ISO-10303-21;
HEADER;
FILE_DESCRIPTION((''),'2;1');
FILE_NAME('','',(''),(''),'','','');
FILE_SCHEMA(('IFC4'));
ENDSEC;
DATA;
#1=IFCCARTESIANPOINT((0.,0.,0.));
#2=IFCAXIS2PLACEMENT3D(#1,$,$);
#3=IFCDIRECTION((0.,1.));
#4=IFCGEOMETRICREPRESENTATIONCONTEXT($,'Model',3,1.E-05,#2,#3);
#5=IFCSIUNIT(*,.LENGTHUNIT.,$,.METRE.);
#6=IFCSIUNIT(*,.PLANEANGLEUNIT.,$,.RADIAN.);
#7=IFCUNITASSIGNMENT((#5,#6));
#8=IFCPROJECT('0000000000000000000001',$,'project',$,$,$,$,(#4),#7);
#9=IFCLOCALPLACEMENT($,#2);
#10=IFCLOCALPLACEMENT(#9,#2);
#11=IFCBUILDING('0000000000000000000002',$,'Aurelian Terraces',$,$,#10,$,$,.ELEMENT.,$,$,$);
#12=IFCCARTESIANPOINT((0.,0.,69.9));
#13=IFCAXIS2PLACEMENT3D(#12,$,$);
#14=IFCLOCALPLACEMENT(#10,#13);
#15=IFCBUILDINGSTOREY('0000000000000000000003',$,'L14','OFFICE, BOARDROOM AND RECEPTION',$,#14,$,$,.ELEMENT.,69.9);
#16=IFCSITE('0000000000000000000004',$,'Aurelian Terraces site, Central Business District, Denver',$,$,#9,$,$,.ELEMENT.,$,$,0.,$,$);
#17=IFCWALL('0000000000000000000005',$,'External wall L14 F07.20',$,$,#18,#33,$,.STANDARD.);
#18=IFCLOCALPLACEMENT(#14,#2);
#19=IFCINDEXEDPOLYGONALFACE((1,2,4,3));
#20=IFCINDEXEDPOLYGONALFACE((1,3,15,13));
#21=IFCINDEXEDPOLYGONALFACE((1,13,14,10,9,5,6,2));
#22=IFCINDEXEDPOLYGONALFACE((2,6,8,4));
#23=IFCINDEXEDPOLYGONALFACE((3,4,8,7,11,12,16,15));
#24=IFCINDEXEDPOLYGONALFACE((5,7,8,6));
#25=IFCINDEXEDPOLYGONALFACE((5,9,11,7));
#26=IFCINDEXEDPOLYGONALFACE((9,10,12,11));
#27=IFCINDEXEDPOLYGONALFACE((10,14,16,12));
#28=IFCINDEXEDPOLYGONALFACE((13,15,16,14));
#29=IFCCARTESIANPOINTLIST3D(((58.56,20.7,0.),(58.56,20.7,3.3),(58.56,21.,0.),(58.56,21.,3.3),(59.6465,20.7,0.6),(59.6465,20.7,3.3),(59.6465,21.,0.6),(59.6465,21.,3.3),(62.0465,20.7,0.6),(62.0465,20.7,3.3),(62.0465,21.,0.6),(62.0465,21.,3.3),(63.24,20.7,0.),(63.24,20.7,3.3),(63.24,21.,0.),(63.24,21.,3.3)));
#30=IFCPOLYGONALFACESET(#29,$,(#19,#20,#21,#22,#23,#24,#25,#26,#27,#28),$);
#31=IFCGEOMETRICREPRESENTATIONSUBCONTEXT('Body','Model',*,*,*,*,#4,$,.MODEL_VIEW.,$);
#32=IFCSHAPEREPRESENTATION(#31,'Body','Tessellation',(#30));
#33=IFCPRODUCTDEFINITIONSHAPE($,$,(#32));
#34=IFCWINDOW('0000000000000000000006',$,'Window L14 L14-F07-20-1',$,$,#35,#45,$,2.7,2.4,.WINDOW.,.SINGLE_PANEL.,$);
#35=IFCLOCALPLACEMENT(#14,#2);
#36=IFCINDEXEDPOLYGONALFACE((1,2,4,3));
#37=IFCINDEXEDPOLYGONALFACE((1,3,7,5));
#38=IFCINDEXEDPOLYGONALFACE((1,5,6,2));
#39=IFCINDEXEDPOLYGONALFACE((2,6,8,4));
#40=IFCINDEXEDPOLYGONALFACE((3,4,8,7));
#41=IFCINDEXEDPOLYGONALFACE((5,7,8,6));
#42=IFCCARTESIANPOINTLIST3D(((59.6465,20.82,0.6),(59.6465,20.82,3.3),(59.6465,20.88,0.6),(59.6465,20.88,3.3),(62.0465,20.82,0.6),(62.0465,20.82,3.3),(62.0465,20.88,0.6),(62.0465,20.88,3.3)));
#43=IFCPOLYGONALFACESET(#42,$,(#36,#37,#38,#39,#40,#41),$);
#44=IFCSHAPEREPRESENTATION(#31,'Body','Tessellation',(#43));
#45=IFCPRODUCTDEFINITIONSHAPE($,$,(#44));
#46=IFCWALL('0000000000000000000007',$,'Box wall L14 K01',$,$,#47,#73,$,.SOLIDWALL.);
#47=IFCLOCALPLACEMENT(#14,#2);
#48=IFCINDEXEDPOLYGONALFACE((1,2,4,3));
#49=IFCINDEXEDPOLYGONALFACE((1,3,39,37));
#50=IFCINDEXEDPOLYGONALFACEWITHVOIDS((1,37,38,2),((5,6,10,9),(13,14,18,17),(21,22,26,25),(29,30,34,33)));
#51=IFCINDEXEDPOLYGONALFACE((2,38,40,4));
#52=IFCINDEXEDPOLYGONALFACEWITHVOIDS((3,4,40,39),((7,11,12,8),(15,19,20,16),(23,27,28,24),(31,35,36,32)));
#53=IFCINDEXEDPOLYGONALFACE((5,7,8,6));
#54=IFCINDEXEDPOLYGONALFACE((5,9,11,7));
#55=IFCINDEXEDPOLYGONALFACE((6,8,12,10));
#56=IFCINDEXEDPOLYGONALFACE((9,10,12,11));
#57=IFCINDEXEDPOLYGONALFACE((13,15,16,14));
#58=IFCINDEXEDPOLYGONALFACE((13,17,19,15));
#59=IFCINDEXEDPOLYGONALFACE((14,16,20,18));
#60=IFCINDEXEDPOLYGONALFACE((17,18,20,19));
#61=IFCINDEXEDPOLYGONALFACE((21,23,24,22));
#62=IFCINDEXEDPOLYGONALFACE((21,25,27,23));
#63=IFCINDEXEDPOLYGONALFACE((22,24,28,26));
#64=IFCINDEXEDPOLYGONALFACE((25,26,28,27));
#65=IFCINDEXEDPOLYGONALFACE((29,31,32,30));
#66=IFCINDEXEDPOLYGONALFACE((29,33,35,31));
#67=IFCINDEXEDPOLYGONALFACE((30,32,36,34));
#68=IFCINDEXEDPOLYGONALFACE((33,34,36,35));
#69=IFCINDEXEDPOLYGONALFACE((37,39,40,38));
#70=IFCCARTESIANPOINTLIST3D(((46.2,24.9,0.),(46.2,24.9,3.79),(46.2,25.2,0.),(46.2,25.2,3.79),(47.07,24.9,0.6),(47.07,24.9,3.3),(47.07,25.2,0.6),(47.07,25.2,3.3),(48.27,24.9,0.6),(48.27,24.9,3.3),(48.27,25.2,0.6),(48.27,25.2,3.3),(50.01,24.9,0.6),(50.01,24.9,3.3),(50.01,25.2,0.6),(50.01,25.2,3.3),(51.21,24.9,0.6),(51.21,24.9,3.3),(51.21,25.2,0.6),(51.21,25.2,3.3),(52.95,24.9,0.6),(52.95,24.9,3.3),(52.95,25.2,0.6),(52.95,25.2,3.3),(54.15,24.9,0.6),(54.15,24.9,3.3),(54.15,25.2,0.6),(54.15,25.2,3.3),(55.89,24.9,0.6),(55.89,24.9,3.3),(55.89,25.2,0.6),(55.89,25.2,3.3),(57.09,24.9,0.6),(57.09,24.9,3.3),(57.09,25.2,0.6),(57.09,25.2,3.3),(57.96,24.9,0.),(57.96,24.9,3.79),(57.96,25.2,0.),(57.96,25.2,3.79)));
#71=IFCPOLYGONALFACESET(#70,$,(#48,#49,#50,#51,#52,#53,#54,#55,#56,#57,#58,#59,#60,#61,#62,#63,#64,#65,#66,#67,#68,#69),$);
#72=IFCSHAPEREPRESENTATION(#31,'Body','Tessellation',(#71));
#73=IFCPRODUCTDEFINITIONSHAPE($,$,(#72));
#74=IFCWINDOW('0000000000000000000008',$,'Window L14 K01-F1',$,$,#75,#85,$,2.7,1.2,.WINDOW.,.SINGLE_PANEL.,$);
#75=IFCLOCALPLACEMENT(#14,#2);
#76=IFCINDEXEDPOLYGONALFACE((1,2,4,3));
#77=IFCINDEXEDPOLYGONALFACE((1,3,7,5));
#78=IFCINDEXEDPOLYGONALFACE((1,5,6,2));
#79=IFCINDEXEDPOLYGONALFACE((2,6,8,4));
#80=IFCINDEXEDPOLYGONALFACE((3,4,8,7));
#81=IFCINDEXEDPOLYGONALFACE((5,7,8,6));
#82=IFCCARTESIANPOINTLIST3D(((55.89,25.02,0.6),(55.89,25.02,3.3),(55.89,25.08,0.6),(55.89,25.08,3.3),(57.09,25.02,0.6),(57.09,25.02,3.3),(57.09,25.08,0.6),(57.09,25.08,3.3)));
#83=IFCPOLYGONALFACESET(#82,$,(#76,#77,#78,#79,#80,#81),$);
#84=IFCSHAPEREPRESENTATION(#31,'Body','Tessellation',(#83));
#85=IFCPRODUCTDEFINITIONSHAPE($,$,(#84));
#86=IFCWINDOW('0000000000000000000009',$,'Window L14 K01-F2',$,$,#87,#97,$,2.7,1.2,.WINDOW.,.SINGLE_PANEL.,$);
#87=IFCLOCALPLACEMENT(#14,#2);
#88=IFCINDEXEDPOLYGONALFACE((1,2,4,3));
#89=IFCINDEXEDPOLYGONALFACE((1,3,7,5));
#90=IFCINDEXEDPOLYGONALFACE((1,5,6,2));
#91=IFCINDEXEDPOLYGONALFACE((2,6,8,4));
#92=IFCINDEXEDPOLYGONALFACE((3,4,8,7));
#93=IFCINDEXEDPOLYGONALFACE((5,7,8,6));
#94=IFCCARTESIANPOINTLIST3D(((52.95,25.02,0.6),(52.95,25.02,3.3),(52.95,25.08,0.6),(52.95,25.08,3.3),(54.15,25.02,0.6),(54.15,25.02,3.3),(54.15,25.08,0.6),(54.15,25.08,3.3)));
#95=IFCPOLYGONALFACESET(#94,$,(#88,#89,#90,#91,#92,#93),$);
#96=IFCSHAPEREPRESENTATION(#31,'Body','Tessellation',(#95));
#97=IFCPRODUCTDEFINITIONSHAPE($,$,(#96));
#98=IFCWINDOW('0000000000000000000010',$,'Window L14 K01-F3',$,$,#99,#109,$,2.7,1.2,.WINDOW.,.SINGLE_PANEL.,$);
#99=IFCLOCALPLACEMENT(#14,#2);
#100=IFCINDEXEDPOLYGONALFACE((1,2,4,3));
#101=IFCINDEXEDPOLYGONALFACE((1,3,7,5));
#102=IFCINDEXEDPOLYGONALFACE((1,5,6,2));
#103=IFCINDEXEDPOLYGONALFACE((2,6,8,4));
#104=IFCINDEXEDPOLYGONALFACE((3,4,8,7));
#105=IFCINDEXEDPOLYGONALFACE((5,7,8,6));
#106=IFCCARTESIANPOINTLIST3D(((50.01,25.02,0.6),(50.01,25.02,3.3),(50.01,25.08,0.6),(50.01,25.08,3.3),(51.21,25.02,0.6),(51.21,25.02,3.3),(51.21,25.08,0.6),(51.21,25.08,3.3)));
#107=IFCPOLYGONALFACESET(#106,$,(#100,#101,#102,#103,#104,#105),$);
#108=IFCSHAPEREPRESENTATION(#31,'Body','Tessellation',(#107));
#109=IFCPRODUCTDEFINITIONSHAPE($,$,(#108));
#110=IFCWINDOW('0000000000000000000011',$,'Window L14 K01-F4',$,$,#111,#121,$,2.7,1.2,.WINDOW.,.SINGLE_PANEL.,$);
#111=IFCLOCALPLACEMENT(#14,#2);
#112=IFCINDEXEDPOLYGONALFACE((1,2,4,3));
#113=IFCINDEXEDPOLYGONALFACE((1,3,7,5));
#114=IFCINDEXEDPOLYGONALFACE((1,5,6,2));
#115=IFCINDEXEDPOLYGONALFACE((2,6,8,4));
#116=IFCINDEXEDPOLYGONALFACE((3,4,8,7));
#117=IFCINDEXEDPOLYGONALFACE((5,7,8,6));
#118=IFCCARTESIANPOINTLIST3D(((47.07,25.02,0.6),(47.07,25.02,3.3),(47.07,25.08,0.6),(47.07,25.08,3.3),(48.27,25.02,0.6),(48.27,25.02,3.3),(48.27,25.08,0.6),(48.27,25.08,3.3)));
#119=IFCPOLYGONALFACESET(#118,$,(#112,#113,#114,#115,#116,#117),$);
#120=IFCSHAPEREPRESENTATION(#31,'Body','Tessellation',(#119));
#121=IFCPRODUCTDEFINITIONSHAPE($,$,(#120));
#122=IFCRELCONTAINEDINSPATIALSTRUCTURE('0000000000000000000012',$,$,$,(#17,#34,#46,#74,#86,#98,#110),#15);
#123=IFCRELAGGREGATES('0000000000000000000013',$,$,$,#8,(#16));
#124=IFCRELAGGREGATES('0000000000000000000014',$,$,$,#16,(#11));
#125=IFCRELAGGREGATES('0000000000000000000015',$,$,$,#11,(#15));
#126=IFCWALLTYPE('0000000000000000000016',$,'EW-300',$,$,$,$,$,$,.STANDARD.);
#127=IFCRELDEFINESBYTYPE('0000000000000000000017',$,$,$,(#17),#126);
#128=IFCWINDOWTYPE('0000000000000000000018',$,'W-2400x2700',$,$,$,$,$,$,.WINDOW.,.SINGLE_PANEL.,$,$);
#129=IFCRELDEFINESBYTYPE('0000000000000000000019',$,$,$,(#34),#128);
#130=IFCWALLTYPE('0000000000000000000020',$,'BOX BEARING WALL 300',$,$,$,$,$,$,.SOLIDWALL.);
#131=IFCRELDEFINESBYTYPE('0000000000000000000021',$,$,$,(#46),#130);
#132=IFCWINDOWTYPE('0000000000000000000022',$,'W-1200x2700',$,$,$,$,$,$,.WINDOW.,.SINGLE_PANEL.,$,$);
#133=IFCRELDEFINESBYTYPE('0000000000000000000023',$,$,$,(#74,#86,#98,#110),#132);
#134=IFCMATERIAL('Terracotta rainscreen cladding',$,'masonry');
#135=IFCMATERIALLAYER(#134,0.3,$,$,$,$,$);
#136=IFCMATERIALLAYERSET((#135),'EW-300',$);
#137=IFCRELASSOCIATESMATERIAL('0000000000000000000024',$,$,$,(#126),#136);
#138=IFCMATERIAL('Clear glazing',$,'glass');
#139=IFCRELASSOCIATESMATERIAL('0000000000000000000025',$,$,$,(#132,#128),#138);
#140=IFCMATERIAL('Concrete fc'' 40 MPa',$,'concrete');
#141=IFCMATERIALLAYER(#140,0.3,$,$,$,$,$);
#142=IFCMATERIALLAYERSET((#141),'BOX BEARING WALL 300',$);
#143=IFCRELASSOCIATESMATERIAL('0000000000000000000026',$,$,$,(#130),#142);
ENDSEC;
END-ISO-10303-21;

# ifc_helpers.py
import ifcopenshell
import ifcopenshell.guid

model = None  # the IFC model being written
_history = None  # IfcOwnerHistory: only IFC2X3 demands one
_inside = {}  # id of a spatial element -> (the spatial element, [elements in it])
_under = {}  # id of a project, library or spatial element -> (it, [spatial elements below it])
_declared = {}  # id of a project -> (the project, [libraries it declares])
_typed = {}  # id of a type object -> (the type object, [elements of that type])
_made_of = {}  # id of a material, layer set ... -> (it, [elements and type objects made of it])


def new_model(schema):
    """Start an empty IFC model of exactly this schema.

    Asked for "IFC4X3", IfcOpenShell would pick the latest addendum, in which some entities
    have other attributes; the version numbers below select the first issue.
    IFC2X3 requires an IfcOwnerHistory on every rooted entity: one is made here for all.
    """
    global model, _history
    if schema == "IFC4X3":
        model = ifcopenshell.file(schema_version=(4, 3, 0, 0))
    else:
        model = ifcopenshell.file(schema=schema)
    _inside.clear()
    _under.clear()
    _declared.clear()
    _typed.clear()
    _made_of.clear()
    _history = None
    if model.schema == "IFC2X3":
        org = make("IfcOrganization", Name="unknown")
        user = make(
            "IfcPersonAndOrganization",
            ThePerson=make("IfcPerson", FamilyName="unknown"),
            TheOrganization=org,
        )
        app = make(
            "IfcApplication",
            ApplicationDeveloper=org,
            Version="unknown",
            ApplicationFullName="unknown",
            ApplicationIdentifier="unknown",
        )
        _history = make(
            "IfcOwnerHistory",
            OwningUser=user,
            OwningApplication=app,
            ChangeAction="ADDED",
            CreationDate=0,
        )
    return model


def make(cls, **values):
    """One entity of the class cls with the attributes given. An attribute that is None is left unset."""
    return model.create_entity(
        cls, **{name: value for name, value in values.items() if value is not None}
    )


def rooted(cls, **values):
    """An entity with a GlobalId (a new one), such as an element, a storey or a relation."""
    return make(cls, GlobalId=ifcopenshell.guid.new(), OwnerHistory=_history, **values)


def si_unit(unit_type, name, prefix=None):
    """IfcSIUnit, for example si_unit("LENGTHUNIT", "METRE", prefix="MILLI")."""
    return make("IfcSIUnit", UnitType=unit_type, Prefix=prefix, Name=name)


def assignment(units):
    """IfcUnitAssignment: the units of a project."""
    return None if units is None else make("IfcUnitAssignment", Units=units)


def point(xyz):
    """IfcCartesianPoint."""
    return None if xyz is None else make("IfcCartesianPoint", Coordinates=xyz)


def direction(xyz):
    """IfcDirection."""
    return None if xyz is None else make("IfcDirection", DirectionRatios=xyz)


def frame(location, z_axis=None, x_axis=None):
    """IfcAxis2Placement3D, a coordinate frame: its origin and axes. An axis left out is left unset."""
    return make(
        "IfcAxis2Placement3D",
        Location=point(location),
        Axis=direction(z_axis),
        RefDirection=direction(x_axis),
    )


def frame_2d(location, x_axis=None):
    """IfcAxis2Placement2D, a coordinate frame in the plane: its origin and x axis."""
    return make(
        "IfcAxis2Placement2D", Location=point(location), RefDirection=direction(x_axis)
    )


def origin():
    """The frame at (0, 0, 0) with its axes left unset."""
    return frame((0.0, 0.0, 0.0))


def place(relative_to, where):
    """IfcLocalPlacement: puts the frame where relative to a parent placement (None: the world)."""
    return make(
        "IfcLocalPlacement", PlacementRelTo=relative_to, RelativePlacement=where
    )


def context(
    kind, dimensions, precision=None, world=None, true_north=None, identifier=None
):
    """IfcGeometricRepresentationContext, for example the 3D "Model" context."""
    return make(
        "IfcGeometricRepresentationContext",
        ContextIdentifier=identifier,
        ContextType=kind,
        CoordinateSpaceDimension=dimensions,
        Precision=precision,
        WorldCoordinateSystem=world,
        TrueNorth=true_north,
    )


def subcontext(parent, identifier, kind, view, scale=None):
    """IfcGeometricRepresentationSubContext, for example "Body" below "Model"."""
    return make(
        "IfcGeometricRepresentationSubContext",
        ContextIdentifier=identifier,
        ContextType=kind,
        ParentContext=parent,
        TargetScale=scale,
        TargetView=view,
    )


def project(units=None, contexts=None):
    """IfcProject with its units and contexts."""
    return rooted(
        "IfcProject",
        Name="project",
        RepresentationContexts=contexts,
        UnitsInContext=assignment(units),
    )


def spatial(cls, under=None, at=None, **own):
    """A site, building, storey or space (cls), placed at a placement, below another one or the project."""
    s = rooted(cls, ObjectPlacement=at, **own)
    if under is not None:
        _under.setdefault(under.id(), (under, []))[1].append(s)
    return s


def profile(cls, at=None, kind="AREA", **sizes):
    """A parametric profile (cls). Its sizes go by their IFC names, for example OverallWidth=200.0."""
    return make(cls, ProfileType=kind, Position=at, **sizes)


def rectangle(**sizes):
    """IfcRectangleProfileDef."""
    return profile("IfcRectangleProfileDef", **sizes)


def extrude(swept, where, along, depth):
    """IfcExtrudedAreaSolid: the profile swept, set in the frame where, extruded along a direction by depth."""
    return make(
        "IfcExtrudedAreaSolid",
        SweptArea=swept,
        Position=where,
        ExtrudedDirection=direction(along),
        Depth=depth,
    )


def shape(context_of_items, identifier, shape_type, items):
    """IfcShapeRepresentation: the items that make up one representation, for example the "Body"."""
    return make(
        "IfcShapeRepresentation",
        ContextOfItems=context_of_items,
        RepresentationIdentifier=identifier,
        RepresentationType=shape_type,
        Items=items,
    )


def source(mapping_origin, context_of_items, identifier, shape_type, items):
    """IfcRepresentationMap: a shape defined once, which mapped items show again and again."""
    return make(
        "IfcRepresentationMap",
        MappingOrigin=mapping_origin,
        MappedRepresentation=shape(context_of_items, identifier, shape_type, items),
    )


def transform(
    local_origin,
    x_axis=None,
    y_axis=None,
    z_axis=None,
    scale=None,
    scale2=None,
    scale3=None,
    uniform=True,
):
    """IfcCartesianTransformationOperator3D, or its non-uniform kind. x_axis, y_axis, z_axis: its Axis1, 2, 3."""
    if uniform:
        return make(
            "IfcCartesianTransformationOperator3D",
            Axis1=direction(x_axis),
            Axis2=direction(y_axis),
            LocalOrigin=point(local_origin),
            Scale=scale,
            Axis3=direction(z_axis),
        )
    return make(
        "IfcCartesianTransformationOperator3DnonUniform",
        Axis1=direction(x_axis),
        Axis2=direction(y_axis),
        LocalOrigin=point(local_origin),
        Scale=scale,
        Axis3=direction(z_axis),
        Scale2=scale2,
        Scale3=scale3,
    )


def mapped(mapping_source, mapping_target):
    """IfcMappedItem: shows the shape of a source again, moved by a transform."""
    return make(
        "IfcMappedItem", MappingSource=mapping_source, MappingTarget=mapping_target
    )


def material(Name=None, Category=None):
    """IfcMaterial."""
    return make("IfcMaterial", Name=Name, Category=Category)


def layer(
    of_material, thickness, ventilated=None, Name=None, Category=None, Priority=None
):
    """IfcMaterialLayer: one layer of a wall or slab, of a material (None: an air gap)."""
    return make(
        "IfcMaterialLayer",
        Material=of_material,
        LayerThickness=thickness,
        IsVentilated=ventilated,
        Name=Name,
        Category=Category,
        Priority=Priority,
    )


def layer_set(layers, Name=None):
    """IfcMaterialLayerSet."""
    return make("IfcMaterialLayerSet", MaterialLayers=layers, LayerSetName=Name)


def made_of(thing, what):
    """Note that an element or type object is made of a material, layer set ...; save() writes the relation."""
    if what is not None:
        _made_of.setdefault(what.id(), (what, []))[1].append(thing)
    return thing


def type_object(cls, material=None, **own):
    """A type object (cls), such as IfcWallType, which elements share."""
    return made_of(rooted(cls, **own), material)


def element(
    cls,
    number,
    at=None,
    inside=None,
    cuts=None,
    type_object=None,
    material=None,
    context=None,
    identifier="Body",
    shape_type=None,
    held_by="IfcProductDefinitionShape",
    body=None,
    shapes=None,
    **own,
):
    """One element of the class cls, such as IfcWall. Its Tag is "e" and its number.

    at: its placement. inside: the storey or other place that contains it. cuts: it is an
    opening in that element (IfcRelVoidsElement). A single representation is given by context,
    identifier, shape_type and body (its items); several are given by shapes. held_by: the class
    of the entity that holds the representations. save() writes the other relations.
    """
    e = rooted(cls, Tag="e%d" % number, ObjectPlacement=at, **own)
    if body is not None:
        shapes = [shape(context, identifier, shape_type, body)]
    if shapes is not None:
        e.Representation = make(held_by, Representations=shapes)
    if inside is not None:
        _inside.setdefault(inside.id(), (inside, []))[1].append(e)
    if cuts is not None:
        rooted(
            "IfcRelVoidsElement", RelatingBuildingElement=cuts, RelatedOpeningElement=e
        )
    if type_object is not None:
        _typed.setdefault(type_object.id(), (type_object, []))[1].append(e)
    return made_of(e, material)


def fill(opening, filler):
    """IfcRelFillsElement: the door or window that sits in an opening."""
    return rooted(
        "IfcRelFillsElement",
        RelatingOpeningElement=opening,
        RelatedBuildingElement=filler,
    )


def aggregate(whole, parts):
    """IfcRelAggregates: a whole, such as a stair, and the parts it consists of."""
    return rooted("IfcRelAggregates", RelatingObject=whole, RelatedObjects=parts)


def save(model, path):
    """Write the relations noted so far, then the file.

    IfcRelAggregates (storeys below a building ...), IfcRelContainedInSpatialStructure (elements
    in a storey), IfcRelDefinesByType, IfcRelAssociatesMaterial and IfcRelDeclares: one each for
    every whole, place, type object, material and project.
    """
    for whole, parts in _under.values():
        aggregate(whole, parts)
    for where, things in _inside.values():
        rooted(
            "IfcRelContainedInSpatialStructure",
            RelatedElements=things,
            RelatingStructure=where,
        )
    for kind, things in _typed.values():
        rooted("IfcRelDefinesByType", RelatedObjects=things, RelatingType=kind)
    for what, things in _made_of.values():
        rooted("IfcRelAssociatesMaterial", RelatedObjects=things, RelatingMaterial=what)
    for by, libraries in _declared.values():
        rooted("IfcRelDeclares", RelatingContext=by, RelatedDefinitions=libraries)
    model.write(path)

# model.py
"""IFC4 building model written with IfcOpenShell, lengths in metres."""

from ifc_helpers import new_model, si_unit, direction, frame, frame_2d, origin, place, context, subcontext, project, spatial, rectangle, extrude, source, transform, mapped, material, layer, layer_set, type_object, element, fill, save


model = new_model("IFC4")

# Units and contexts
model_context = context("Model", 3, precision=1e-05, world=origin(), true_north=direction((0.0, 1.0)))
body_context = subcontext(model_context, "Body", "Model", "MODEL_VIEW")
ifc_project = project(units=[si_unit("LENGTHUNIT", "METRE"), si_unit("PLANEANGLEUNIT", "RADIAN")], contexts=[model_context])

# Site, building, storey
site_placement = place(None, origin())
site = spatial("IfcSite", under=ifc_project, at=site_placement, Name="Aurelian Terraces site, Central Business District, Denver", CompositionType="ELEMENT", RefElevation=0.0)
building_placement = place(site_placement, origin())
building = spatial("IfcBuilding", under=site, at=building_placement, Name="Aurelian Terraces", CompositionType="ELEMENT")
storey_placement = place(building_placement, frame((0.0, 0.0, 69.9)))
storey = spatial("IfcBuildingStorey", under=building, at=storey_placement, Name="L14", Description="OFFICE, BOARDROOM AND RECEPTION", CompositionType="ELEMENT", Elevation=69.9)

# Shared definitions
ifc_material_1 = material(Name="Concrete fc' 40 MPa", Category="concrete")

# Wall, opening, window
ifc_material_2 = material(Name="Terracotta rainscreen cladding", Category="masonry")
ifc_layer_1 = layer(ifc_material_2, 0.3)
ifc_layer_set_1 = layer_set([ifc_layer_1], Name="EW-300")
wall_type_1 = type_object("IfcWallType", Name="EW-300", PredefinedType="STANDARD", material=ifc_layer_set_1)
shared_shape_1 = source(origin(), body_context, "Body", "SweptSolid", [
    extrude(rectangle(XDim=1.2, YDim=2.7, at=frame_2d((0.6, 1.35))), frame((0.0, 0.16, 0.0), z_axis=(0.0, -1.0, 0.0), x_axis=(1.0, 0.0, 0.0)), (0.0, 0.0, 1.0), 0.32),
])
ifc_material_3 = material(Name="Clear glazing", Category="glass")
window_type_1 = type_object("IfcWindowType", Name="W-1200x2700", PartitioningType="SINGLE_PANEL", PredefinedType="WINDOW", material=ifc_material_3)
shared_shape_2 = source(origin(), body_context, "Body", "SweptSolid", [
    extrude(rectangle(XDim=1.2, YDim=2.7, at=frame_2d((0.6, 1.35))), frame((0.0, 0.03, 0.0), z_axis=(0.0, -1.0, 0.0), x_axis=(1.0, 0.0, 0.0)), (0.0, 0.0, 1.0), 0.06),
])
shared_shape_3 = source(origin(), body_context, "Body", "SweptSolid", [
    extrude(rectangle(XDim=4.68, YDim=0.3, at=frame_2d((2.34, 0.0))), origin(), (0.0, 0.0, 1.0), 3.3),
])
wall_1_placement = place(storey_placement, frame((63.24, 20.85, 0.0), z_axis=(0.0, 0.0, 1.0), x_axis=(-1.0, 0.0, 0.0)))
wall_1 = element("IfcWall", 1, at=wall_1_placement, inside=storey, type_object=wall_type_1, Name="External wall L14 F07.20", PredefinedType="STANDARD", context=body_context, shape_type="MappedRepresentation", body=[
    mapped(shared_shape_3, transform((0.0, 0.0, 0.0), scale=1.0)),
])
shared_shape_4 = source(origin(), body_context, "Body", "SweptSolid", [
    extrude(rectangle(XDim=2.4, YDim=2.7, at=frame_2d((1.2, 1.35))), frame((0.0, 0.16, 0.0), z_axis=(0.0, -1.0, 0.0), x_axis=(1.0, 0.0, 0.0)), (0.0, 0.0, 1.0), 0.32),
])
opening_1_placement = place(wall_1_placement, frame((1.1935, 0.0, 0.6)))
opening_1 = element("IfcOpeningElement", 2, at=opening_1_placement, cuts=wall_1, PredefinedType="OPENING", context=body_context, shape_type="MappedRepresentation", body=[
    mapped(shared_shape_4, transform((0.0, 0.0, 0.0), scale=1.0)),
])
window_type_2 = type_object("IfcWindowType", Name="W-2400x2700", PartitioningType="SINGLE_PANEL", PredefinedType="WINDOW", material=ifc_material_3)
shared_shape_5 = source(origin(), body_context, "Body", "SweptSolid", [
    extrude(rectangle(XDim=2.4, YDim=2.7, at=frame_2d((1.2, 1.35))), frame((0.0, 0.03, 0.0), z_axis=(0.0, -1.0, 0.0), x_axis=(1.0, 0.0, 0.0)), (0.0, 0.0, 1.0), 0.06),
])
window_1_placement = place(opening_1_placement, origin())
window_1 = element("IfcWindow", 3, at=window_1_placement, inside=storey, type_object=window_type_2, Name="Window L14 L14-F07-20-1", OverallHeight=2.7, OverallWidth=2.4, PartitioningType="SINGLE_PANEL", PredefinedType="WINDOW", context=body_context, shape_type="MappedRepresentation", body=[
    mapped(shared_shape_5, transform((0.0, 0.0, 0.0), scale=1.0)),
])
fill(opening_1, window_1)

# Wall, openings, windows
ifc_layer_2 = layer(ifc_material_1, 0.3)
ifc_layer_set_2 = layer_set([ifc_layer_2], Name="BOX BEARING WALL 300")
wall_type_2 = type_object("IfcWallType", Name="BOX BEARING WALL 300", PredefinedType="SOLIDWALL", material=ifc_layer_set_2)
shared_shape_6 = source(origin(), body_context, "Body", "SweptSolid", [
    extrude(rectangle(XDim=11.76, YDim=0.3, at=frame_2d((5.88, 0.0))), origin(), (0.0, 0.0, 1.0), 3.79),
])
wall_2_placement = place(storey_placement, frame((57.96, 25.05, 0.0), z_axis=(0.0, 0.0, 1.0), x_axis=(-1.0, 0.0, 0.0)))
wall_2 = element("IfcWall", 4, at=wall_2_placement, inside=storey, type_object=wall_type_2, Name="Box wall L14 K01", PredefinedType="SOLIDWALL", context=body_context, shape_type="MappedRepresentation", body=[
    mapped(shared_shape_6, transform((0.0, 0.0, 0.0), scale=1.0)),
])
opening_2_placement = place(wall_2_placement, frame((0.87, 0.0, 0.6)))
opening_2 = element("IfcOpeningElement", 5, at=opening_2_placement, cuts=wall_2, PredefinedType="OPENING", context=body_context, shape_type="MappedRepresentation", body=[
    mapped(shared_shape_1, transform((0.0, 0.0, 0.0), scale=1.0)),
])
opening_3_placement = place(wall_2_placement, frame((3.81, 0.0, 0.6)))
opening_3 = element("IfcOpeningElement", 6, at=opening_3_placement, cuts=wall_2, PredefinedType="OPENING", context=body_context, shape_type="MappedRepresentation", body=[
    mapped(shared_shape_1, transform((0.0, 0.0, 0.0), scale=1.0)),
])
opening_4_placement = place(wall_2_placement, frame((6.75, 0.0, 0.6)))
opening_4 = element("IfcOpeningElement", 7, at=opening_4_placement, cuts=wall_2, PredefinedType="OPENING", context=body_context, shape_type="MappedRepresentation", body=[
    mapped(shared_shape_1, transform((0.0, 0.0, 0.0), scale=1.0)),
])
opening_5_placement = place(wall_2_placement, frame((9.69, 0.0, 0.6)))
opening_5 = element("IfcOpeningElement", 8, at=opening_5_placement, cuts=wall_2, PredefinedType="OPENING", context=body_context, shape_type="MappedRepresentation", body=[
    mapped(shared_shape_1, transform((0.0, 0.0, 0.0), scale=1.0)),
])
window_2_placement = place(opening_2_placement, origin())
window_2 = element("IfcWindow", 9, at=window_2_placement, inside=storey, type_object=window_type_1, Name="Window L14 K01-F1", OverallHeight=2.7, OverallWidth=1.2, PartitioningType="SINGLE_PANEL", PredefinedType="WINDOW", context=body_context, shape_type="MappedRepresentation", body=[
    mapped(shared_shape_2, transform((0.0, 0.0, 0.0), scale=1.0)),
])
fill(opening_2, window_2)
window_3_placement = place(opening_3_placement, origin())
window_3 = element("IfcWindow", 10, at=window_3_placement, inside=storey, type_object=window_type_1, Name="Window L14 K01-F2", OverallHeight=2.7, OverallWidth=1.2, PartitioningType="SINGLE_PANEL", PredefinedType="WINDOW", context=body_context, shape_type="MappedRepresentation", body=[
    mapped(shared_shape_2, transform((0.0, 0.0, 0.0), scale=1.0)),
])
fill(opening_3, window_3)
window_4_placement = place(opening_4_placement, origin())
window_4 = element("IfcWindow", 11, at=window_4_placement, inside=storey, type_object=window_type_1, Name="Window L14 K01-F3", OverallHeight=2.7, OverallWidth=1.2, PartitioningType="SINGLE_PANEL", PredefinedType="WINDOW", context=body_context, shape_type="MappedRepresentation", body=[
    mapped(shared_shape_2, transform((0.0, 0.0, 0.0), scale=1.0)),
])
fill(opening_4, window_4)
window_5_placement = place(opening_5_placement, origin())
window_5 = element("IfcWindow", 12, at=window_5_placement, inside=storey, type_object=window_type_1, Name="Window L14 K01-F4", OverallHeight=2.7, OverallWidth=1.2, PartitioningType="SINGLE_PANEL", PredefinedType="WINDOW", context=body_context, shape_type="MappedRepresentation", body=[
    mapped(shared_shape_2, transform((0.0, 0.0, 0.0), scale=1.0)),
])
fill(opening_5, window_5)

save(model, "model.ifc")
